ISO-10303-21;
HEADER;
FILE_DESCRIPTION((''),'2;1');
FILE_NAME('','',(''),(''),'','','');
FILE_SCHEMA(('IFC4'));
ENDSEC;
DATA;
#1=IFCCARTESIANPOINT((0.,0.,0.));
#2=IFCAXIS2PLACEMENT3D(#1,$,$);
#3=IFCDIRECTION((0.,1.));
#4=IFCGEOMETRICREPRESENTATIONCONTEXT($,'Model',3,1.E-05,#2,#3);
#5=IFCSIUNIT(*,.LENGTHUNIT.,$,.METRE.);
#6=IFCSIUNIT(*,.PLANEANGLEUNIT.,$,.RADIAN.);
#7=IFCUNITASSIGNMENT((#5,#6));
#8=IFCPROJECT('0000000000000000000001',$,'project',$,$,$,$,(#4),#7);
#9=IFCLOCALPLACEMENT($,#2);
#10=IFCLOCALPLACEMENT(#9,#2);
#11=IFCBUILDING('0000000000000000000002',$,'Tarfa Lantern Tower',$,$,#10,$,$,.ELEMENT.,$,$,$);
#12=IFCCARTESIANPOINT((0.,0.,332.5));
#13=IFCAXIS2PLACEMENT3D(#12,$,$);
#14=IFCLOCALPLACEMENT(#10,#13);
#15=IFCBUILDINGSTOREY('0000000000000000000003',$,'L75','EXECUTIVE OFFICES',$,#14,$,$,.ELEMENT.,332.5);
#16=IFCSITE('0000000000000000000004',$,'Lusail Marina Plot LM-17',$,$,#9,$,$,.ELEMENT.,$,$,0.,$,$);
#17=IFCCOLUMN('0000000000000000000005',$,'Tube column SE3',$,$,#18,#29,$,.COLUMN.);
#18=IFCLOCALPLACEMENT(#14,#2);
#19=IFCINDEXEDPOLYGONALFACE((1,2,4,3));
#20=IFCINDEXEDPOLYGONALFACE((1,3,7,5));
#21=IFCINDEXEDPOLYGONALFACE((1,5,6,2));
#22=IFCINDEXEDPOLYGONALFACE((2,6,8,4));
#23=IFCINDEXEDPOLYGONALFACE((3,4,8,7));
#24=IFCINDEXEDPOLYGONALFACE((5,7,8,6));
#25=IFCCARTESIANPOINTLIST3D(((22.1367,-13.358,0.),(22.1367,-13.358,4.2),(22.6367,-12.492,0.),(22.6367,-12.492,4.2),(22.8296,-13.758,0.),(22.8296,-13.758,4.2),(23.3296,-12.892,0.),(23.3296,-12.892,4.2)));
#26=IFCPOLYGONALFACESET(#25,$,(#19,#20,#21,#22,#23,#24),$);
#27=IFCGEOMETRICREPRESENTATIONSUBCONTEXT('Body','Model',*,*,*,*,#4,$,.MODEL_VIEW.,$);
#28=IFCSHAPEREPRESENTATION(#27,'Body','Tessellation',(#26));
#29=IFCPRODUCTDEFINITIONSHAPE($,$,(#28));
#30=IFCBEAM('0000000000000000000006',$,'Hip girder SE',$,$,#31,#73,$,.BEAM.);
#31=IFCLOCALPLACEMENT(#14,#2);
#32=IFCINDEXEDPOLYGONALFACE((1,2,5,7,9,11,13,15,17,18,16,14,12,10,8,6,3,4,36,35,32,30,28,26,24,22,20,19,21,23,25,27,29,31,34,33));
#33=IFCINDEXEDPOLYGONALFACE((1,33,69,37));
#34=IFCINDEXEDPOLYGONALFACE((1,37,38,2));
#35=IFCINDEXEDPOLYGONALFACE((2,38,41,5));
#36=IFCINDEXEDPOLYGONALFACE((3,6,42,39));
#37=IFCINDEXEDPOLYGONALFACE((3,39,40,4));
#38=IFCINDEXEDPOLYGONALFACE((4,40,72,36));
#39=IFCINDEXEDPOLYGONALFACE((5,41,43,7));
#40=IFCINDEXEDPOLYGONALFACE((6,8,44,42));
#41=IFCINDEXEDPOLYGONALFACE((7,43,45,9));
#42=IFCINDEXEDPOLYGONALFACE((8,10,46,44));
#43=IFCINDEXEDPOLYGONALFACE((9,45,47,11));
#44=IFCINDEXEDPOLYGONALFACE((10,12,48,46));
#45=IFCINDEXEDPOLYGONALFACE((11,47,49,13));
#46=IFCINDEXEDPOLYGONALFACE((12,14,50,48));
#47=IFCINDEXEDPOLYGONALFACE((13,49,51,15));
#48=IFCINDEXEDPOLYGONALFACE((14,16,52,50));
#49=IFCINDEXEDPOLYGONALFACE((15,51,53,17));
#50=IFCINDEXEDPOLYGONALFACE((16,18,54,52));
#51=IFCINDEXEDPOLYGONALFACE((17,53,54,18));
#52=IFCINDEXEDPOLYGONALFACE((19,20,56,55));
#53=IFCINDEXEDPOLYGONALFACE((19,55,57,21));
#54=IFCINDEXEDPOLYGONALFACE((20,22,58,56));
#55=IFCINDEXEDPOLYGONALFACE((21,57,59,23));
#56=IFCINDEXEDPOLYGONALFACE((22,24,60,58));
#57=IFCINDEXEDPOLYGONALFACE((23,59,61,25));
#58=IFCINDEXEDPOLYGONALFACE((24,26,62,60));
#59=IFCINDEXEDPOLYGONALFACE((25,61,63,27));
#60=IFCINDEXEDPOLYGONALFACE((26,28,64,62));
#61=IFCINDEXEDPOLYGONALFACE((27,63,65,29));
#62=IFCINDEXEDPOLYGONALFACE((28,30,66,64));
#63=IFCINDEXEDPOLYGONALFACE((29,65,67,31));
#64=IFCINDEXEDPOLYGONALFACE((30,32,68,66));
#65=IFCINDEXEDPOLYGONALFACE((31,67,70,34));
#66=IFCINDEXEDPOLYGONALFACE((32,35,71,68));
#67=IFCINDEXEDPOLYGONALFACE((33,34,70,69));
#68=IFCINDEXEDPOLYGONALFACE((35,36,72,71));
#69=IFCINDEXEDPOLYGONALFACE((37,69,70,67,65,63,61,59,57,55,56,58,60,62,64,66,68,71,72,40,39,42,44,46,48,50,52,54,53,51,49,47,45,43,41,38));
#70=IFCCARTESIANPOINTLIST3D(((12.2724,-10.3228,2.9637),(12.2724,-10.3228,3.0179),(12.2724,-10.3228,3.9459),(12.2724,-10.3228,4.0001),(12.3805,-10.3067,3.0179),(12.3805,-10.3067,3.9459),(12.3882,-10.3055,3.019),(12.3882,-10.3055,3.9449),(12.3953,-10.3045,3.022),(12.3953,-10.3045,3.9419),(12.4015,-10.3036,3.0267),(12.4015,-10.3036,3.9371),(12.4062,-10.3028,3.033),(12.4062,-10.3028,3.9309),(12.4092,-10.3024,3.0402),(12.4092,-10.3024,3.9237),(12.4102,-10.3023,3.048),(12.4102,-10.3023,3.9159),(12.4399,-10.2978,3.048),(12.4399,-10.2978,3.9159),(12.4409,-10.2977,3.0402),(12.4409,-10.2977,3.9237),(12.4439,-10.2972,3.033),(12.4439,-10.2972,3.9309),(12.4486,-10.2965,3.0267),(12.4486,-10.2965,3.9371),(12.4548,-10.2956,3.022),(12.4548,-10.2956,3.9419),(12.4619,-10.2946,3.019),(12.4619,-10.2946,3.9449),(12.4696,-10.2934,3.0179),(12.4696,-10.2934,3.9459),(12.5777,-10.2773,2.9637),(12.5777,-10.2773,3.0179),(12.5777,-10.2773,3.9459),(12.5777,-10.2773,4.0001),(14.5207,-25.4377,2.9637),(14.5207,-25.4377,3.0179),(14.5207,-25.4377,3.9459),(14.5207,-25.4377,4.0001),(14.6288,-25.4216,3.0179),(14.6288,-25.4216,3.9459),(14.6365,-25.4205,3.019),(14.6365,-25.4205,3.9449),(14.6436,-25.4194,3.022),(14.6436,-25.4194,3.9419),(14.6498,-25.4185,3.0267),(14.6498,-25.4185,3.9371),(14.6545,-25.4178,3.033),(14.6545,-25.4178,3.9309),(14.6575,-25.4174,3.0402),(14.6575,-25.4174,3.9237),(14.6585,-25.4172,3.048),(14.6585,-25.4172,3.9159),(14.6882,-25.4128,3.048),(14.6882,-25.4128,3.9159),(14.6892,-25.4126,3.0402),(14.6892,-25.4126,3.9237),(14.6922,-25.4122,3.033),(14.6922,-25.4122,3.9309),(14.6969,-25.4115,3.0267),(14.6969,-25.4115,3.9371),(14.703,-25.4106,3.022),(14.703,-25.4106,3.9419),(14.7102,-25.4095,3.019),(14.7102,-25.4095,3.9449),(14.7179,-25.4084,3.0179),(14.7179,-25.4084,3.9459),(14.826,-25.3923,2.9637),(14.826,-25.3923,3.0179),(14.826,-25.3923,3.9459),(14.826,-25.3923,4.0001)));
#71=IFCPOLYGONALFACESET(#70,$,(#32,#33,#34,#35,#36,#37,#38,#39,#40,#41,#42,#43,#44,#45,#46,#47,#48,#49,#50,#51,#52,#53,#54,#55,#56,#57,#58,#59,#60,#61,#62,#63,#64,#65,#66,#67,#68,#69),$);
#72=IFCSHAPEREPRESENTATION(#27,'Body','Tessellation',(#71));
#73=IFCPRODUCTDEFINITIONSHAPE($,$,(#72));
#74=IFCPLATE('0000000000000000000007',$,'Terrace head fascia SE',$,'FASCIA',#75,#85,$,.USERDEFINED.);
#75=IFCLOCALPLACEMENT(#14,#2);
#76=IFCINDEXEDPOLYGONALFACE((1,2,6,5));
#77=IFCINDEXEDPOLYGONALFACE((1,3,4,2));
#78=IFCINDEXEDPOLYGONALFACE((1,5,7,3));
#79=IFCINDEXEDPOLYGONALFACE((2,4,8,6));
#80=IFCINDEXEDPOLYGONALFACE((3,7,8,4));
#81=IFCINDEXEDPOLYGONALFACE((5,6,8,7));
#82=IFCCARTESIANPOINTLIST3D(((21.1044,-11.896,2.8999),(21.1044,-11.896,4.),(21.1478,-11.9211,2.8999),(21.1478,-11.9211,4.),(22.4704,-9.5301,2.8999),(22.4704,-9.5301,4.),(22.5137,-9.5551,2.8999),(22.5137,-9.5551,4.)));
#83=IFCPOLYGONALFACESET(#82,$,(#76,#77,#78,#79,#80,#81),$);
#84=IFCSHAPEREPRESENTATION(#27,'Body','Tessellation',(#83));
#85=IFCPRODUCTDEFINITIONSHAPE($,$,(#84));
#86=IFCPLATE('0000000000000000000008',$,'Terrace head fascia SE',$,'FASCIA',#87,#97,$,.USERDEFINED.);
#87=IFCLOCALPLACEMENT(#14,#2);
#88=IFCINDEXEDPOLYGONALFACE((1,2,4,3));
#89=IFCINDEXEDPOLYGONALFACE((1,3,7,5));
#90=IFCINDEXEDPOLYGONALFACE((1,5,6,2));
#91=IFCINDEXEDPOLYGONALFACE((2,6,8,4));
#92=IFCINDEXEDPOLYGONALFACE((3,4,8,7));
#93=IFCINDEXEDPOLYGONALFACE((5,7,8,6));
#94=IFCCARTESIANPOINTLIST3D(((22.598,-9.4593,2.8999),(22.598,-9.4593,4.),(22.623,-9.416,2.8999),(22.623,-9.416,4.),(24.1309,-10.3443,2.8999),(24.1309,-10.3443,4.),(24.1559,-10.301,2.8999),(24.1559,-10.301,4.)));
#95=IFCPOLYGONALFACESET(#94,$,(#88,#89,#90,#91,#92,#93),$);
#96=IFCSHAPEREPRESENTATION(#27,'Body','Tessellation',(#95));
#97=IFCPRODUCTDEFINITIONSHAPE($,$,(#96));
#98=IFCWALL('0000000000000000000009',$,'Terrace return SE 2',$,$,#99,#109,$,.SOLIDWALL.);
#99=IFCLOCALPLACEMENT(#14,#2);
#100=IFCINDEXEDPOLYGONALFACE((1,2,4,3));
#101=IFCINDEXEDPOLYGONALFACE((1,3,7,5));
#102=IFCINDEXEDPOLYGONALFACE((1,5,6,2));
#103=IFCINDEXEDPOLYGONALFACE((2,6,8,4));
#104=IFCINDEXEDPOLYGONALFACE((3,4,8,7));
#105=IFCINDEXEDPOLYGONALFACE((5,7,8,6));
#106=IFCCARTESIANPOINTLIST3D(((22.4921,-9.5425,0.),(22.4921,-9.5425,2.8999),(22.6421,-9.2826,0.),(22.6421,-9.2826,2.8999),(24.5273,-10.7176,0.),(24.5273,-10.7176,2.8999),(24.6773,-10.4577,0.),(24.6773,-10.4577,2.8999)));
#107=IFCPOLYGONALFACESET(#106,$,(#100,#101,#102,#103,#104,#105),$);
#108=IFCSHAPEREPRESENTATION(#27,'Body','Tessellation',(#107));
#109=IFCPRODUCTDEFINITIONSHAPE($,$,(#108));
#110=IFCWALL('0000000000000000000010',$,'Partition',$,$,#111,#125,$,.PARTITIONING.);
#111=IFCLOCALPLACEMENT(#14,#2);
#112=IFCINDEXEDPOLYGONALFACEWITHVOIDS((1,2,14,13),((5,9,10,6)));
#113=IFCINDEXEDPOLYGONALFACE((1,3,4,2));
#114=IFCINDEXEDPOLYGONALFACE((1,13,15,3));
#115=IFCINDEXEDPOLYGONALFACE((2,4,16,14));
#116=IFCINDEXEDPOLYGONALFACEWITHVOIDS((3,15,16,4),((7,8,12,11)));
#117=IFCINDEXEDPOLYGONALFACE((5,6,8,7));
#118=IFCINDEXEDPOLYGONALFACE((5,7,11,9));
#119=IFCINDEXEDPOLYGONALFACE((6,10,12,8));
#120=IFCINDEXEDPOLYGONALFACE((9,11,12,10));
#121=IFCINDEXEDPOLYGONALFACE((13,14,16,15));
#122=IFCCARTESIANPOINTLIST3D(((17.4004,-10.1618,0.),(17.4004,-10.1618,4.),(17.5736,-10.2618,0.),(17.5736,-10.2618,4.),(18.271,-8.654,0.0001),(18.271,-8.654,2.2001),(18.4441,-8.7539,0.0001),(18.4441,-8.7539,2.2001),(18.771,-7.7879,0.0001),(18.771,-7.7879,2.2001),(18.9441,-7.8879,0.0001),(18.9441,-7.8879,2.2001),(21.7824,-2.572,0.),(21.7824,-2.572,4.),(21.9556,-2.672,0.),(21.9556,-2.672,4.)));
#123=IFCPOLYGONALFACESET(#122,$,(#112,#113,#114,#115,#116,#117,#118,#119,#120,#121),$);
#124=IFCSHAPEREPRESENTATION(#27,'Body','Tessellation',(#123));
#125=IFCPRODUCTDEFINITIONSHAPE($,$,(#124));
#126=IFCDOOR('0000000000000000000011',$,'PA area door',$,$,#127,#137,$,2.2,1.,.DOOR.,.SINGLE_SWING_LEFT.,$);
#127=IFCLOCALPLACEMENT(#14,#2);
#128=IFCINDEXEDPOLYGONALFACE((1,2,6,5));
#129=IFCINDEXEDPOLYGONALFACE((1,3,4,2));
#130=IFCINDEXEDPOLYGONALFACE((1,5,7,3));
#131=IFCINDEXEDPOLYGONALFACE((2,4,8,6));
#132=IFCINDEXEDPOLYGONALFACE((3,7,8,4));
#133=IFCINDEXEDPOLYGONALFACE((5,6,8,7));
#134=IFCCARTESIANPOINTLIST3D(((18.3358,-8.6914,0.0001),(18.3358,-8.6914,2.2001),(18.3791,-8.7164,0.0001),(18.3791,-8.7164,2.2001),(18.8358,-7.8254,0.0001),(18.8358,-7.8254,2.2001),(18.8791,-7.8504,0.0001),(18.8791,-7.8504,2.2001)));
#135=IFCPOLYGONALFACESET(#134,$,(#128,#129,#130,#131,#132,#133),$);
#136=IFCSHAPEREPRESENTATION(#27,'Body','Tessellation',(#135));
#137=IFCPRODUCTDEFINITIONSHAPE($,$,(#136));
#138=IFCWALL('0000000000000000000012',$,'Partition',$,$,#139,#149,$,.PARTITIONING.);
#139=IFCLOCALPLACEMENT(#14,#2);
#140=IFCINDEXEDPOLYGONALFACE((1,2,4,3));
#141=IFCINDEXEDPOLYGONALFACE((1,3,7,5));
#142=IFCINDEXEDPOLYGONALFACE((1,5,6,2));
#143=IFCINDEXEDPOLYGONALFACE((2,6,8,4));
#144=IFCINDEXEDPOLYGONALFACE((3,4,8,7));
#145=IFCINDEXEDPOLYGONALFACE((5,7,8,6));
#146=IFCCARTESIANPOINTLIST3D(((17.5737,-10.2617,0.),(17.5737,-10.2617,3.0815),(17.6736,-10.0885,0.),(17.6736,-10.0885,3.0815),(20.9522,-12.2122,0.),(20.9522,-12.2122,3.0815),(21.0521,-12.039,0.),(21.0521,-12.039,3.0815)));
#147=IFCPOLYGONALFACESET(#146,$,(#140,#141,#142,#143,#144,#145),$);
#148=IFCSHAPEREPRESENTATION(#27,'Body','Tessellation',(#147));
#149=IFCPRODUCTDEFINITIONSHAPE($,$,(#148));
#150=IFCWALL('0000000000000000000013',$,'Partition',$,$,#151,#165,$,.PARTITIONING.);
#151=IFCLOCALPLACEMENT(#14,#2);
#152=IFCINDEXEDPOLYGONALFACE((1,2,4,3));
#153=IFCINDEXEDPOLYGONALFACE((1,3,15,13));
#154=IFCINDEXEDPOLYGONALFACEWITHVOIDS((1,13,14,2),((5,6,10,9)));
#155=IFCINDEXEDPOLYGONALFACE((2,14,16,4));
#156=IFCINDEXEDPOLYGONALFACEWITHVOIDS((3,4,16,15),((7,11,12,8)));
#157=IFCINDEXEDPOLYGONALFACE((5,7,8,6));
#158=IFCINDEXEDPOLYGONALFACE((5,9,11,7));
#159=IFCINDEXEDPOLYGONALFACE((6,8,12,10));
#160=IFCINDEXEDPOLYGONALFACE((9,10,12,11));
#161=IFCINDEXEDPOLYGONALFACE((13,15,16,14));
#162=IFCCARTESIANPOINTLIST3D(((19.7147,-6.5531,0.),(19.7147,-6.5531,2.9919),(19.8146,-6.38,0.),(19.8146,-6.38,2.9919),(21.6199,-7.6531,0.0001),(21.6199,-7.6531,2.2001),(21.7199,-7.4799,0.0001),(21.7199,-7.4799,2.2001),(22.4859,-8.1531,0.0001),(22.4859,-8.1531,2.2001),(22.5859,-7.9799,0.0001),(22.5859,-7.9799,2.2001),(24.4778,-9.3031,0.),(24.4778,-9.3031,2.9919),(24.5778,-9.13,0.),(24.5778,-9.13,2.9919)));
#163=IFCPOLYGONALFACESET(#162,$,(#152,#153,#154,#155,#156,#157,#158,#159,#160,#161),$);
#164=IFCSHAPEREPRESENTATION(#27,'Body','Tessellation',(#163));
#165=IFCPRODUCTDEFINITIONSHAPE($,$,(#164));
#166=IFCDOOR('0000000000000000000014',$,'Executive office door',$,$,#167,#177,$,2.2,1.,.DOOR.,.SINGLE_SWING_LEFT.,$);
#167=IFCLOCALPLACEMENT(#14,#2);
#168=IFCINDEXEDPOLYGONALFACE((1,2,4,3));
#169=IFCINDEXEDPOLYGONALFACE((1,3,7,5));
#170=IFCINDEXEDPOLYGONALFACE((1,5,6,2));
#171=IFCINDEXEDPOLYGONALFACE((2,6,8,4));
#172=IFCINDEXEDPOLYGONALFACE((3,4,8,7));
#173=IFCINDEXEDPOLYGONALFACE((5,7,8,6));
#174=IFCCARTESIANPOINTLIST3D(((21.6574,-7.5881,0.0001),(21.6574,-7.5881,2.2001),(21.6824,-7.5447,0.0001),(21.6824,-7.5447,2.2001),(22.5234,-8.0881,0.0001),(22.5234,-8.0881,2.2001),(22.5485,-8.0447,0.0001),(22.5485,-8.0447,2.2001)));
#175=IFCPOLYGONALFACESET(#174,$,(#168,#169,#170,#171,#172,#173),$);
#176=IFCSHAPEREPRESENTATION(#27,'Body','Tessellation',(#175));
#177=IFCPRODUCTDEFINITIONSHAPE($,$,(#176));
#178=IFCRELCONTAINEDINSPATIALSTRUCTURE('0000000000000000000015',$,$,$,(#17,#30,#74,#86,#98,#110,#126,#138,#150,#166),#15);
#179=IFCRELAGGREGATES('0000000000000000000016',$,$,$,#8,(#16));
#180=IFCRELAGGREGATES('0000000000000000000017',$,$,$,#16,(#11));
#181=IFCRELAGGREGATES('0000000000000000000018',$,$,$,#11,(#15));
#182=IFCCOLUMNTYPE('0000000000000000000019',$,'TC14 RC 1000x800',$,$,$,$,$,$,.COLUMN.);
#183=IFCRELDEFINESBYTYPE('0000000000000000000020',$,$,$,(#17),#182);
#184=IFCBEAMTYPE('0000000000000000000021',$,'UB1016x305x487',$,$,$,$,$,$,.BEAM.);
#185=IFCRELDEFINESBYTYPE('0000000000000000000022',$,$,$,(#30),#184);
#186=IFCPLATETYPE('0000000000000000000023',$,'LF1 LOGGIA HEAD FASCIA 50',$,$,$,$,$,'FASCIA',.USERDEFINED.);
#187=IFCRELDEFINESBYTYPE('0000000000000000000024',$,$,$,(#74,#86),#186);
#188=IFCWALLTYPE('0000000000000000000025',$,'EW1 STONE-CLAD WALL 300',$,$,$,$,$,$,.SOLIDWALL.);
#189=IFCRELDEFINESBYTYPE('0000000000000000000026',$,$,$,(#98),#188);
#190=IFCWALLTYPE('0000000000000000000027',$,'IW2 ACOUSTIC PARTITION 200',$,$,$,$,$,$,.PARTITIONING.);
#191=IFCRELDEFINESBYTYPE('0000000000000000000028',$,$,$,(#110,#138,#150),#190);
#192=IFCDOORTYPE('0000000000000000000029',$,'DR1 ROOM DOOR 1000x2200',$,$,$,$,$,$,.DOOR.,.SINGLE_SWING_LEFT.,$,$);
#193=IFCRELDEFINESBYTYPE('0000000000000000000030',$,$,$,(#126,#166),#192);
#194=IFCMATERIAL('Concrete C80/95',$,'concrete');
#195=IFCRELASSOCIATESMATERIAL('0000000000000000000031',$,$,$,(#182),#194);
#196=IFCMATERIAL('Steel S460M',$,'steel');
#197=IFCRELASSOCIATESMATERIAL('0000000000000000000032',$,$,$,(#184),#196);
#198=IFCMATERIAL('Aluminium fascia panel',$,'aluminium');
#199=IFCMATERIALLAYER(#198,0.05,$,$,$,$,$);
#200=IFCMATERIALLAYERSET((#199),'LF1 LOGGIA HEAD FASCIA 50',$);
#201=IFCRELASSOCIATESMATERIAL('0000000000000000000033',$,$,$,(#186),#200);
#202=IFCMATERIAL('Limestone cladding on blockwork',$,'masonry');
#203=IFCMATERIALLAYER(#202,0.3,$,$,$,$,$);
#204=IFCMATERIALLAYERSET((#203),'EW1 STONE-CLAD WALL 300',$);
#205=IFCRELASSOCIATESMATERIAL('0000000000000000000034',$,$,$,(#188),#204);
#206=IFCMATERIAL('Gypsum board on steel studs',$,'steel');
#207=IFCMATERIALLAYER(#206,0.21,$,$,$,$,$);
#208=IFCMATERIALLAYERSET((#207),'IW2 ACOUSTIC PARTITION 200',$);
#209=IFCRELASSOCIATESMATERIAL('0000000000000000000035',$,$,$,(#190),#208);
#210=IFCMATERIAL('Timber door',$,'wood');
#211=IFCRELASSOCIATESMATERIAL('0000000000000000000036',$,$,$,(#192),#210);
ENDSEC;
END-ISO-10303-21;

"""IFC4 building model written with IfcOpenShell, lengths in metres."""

from ifc_helpers import new_model, si_unit, direction, frame, frame_2d, origin, origin_2d, place, context, subcontext, project, spatial, rectangle, i_section, extrude, material, layer, layer_set, material_profile, profile_set, type_object, element, fill, save


model = new_model("IFC4")

# Units and contexts
model_context = context("Model", 3, precision=1e-05, world=origin(), true_north=direction((0.0, 1.0)))
body_context = subcontext(model_context, "Body", "Model", "MODEL_VIEW")
ifc_project = project(units=[si_unit("LENGTHUNIT", "METRE"), si_unit("PLANEANGLEUNIT", "RADIAN")], contexts=[model_context])

# Site, building, storey
site_placement = place(None, origin())
site = spatial("IfcSite", under=ifc_project, at=site_placement, Name="Lusail Marina Plot LM-17", CompositionType="ELEMENT", RefElevation=0.0)
building_placement = place(site_placement, origin())
building = spatial("IfcBuilding", under=site, at=building_placement, Name="Tarfa Lantern Tower", CompositionType="ELEMENT")
storey_placement = place(building_placement, frame((0.0, 0.0, 332.5)))
storey = spatial("IfcBuildingStorey", under=building, at=storey_placement, Name="L75", Description="EXECUTIVE OFFICES", CompositionType="ELEMENT", Elevation=332.5)

# Column
ifc_material_1 = material(Name="Concrete C80/95", Category="concrete")
ifc_material_profile_1 = material_profile(ifc_material_1, rectangle(XDim=1.0, YDim=0.8, at=origin_2d()), Name="RC 1000x800")
ifc_profile_set_1 = profile_set([ifc_material_profile_1], Name="Concrete C80/95")
column_type = type_object("IfcColumnType", Name="TC14 RC 1000x800", PredefinedType="COLUMN", material=ifc_profile_set_1)
column_placement = place(storey_placement, frame((22.7332, -13.125, 0.0), z_axis=(0.0, 0.0, 1.0), x_axis=(0.5, 0.866025, 0.0)))
element("IfcColumn", 1, at=column_placement, inside=storey, type_object=column_type, Name="Tube column SE3", PredefinedType="COLUMN", context=body_context, shape_type="SweptSolid", body=[
    extrude(rectangle(XDim=1.0, YDim=0.8, at=origin_2d()), origin(), (0.0, 0.0, 1.0), 4.2),
])

# Beam
ifc_material_2 = material(Name="Steel S460M", Category="steel")
ifc_material_profile_2 = material_profile(ifc_material_2, i_section(OverallWidth=0.3086, OverallDepth=1.0364, WebThickness=0.03, FlangeThickness=0.0542, FilletRadius=0.03, at=origin_2d()), Name="UB1016x305x487")
ifc_profile_set_2 = profile_set([ifc_material_profile_2], Name="Steel S460M")
beam_type = type_object("IfcBeamType", Name="UB1016x305x487", PredefinedType="BEAM", material=ifc_profile_set_2)
beam_placement = place(storey_placement, frame((12.425, -10.3, 3.4819), z_axis=(0.147127, -0.989118, 0.0), x_axis=(0.989118, 0.147127, 0.0)))
element("IfcBeam", 2, at=beam_placement, inside=storey, type_object=beam_type, Name="Hip girder SE", PredefinedType="BEAM", context=body_context, shape_type="SweptSolid", body=[
    extrude(i_section(OverallWidth=0.3086, OverallDepth=1.0364, WebThickness=0.03, FlangeThickness=0.0542, FilletRadius=0.03, at=origin_2d()), origin(), (0.0, 0.0, 1.0), 15.2812),
])

# Plates
ifc_material_3 = material(Name="Aluminium fascia panel", Category="aluminium")
ifc_layer_1 = layer(ifc_material_3, 0.05)
ifc_layer_set_1 = layer_set([ifc_layer_1], Name="LF1 LOGGIA HEAD FASCIA 50")
plate_type = type_object("IfcPlateType", Name="LF1 LOGGIA HEAD FASCIA 50", ElementType="FASCIA", PredefinedType="USERDEFINED", material=ifc_layer_set_1)
plate_1_placement = place(storey_placement, frame((21.8091, -10.7256, 2.8999), z_axis=(0.0, 0.0, 1.0), x_axis=(0.5, 0.866025, 0.0)))
element("IfcPlate", 3, at=plate_1_placement, inside=storey, type_object=plate_type, Name="Terrace head fascia SE", ObjectType="FASCIA", PredefinedType="USERDEFINED", context=body_context, shape_type="SweptSolid", body=[
    extrude(rectangle(XDim=2.7319, YDim=0.05, at=origin_2d()), origin(), (0.0, 0.0, 1.0), 1.1001),
])
plate_2_placement = place(storey_placement, frame((23.377, -9.8801, 2.8999), z_axis=(0.0, 0.0, 1.0), x_axis=(-0.866025, 0.5, 0.0)))
element("IfcPlate", 4, at=plate_2_placement, inside=storey, type_object=plate_type, Name="Terrace head fascia SE", ObjectType="FASCIA", PredefinedType="USERDEFINED", context=body_context, shape_type="SweptSolid", body=[
    extrude(rectangle(XDim=1.77, YDim=0.05, at=origin_2d()), origin(), (0.0, 0.0, 1.0), 1.1001),
])

# Wall
ifc_material_4 = material(Name="Limestone cladding on blockwork", Category="masonry")
ifc_layer_2 = layer(ifc_material_4, 0.3)
ifc_layer_set_2 = layer_set([ifc_layer_2], Name="EW1 STONE-CLAD WALL 300")
wall_type_1 = type_object("IfcWallType", Name="EW1 STONE-CLAD WALL 300", PredefinedType="SOLIDWALL", material=ifc_layer_set_2)
wall_1_placement = place(storey_placement, frame((24.6023, -10.5876, 0.0), z_axis=(0.0, 0.0, 1.0), x_axis=(-0.866016, 0.500016, 0.0)))
element("IfcWall", 5, at=wall_1_placement, inside=storey, type_object=wall_type_1, Name="Terrace return SE 2", PredefinedType="SOLIDWALL", context=body_context, shape_type="SweptSolid", body=[
    extrude(rectangle(XDim=2.3501, YDim=0.3, at=frame_2d((1.175, 0.0))), origin(), (0.0, 0.0, 1.0), 2.8999),
])

# Wall, opening, door
ifc_material_5 = material(Name="Gypsum board on steel studs", Category="steel")
ifc_layer_3 = layer(ifc_material_5, 0.21)
ifc_layer_set_3 = layer_set([ifc_layer_3], Name="IW2 ACOUSTIC PARTITION 200")
wall_type_2 = type_object("IfcWallType", Name="IW2 ACOUSTIC PARTITION 200", PredefinedType="PARTITIONING", material=ifc_layer_set_3)
wall_2_placement = place(storey_placement, frame((17.4871, -10.2117, 0.0), z_axis=(0.0, 0.0, 1.0), x_axis=(0.500007, 0.866021, 0.0)))
wall_2 = element("IfcWall", 6, at=wall_2_placement, inside=storey, type_object=wall_type_2, Name="Partition", PredefinedType="PARTITIONING", context=body_context, shape_type="SweptSolid", body=[
    extrude(rectangle(XDim=8.7639, YDim=0.2, at=frame_2d((4.3818, 0.0))), origin(), (0.0, 0.0, 1.0), 4.0),
])
opening_1_placement = place(wall_2_placement, frame((1.741, 0.0, 0.0)))
opening_1 = element("IfcOpeningElement", 7, at=opening_1_placement, cuts=wall_2, PredefinedType="OPENING", context=body_context, shape_type="SweptSolid", body=[
    extrude(rectangle(XDim=1.0, YDim=2.2, at=frame_2d((0.5, 1.1001))), frame((0.0, 0.1099, 0.0), z_axis=(0.0, -1.0, 0.0), x_axis=(1.0, 0.0, 0.0)), (0.0, 0.0, 1.0), 0.22),
])
ifc_material_6 = material(Name="Timber door", Category="wood")
door_type_1 = type_object("IfcDoorType", Name="DR1 ROOM DOOR 1000x2200", OperationType="SINGLE_SWING_LEFT", PredefinedType="DOOR", material=ifc_material_6)
door_1_placement = place(opening_1_placement, frame((1.0, 0.0, 0.0), z_axis=(0.0, 0.0, 1.0), x_axis=(-1.0, 0.0, 0.0)))
door_1 = element("IfcDoor", 8, at=door_1_placement, inside=storey, type_object=door_type_1, Name="PA area door", OperationType="SINGLE_SWING_LEFT", OverallHeight=2.2, OverallWidth=1.0, PredefinedType="DOOR", context=body_context, shape_type="SweptSolid", body=[
    extrude(rectangle(XDim=1.0, YDim=2.2, at=frame_2d((0.5, 1.1001))), frame((0.0, 0.0249, 0.0), z_axis=(0.0, -1.0, 0.0), x_axis=(1.0, 0.0, 0.0)), (0.0, 0.0, 1.0), 0.05),
])
fill(opening_1, door_1)

# Wall
wall_3_placement = place(storey_placement, frame((17.6235, -10.175, 0.0), z_axis=(0.0, 0.0, 1.0), x_axis=(0.866036, -0.499982, 0.0)))
element("IfcWall", 9, at=wall_3_placement, inside=storey, type_object=wall_type_2, Name="Partition", PredefinedType="PARTITIONING", context=body_context, shape_type="SweptSolid", body=[
    extrude(rectangle(XDim=3.9011, YDim=0.2, at=frame_2d((1.9507, 0.0))), origin(), (0.0, 0.0, 1.0), 3.0815),
])

# Wall, opening, door
wall_4_placement = place(storey_placement, frame((19.7646, -6.4666, 0.0), z_axis=(0.0, 0.0, 1.0), x_axis=(0.866027, -0.499997, 0.0)))
wall_4 = element("IfcWall", 10, at=wall_4_placement, inside=storey, type_object=wall_type_2, Name="Partition", PredefinedType="PARTITIONING", context=body_context, shape_type="SweptSolid", body=[
    extrude(rectangle(XDim=5.5, YDim=0.2, at=frame_2d((2.75, 0.0))), origin(), (0.0, 0.0, 1.0), 2.9919),
])
opening_2_placement = place(wall_4_placement, frame((2.2, 0.0, 0.0)))
opening_2 = element("IfcOpeningElement", 11, at=opening_2_placement, cuts=wall_4, PredefinedType="OPENING", context=body_context, shape_type="SweptSolid", body=[
    extrude(rectangle(XDim=1.0, YDim=2.2, at=frame_2d((0.5, 1.1001))), frame((0.0, 0.1099, 0.0), z_axis=(0.0, -1.0, 0.0), x_axis=(1.0, 0.0, 0.0)), (0.0, 0.0, 1.0), 0.22),
])
door_2_placement = place(opening_2_placement, frame((1.0, 0.0, 0.0), z_axis=(0.0, 0.0, 1.0), x_axis=(-1.0, 0.0, 0.0)))
door_2 = element("IfcDoor", 12, at=door_2_placement, inside=storey, type_object=door_type_1, Name="Executive office door", OperationType="SINGLE_SWING_LEFT", OverallHeight=2.2, OverallWidth=1.0, PredefinedType="DOOR", context=body_context, shape_type="SweptSolid", body=[
    extrude(rectangle(XDim=1.0, YDim=2.2, at=frame_2d((0.5, 1.1001))), frame((0.0, 0.0249, 0.0), z_axis=(0.0, -1.0, 0.0), x_axis=(1.0, 0.0, 0.0)), (0.0, 0.0, 1.0), 0.05),
])
fill(opening_2, door_2)

save(model, "model.ifc")
